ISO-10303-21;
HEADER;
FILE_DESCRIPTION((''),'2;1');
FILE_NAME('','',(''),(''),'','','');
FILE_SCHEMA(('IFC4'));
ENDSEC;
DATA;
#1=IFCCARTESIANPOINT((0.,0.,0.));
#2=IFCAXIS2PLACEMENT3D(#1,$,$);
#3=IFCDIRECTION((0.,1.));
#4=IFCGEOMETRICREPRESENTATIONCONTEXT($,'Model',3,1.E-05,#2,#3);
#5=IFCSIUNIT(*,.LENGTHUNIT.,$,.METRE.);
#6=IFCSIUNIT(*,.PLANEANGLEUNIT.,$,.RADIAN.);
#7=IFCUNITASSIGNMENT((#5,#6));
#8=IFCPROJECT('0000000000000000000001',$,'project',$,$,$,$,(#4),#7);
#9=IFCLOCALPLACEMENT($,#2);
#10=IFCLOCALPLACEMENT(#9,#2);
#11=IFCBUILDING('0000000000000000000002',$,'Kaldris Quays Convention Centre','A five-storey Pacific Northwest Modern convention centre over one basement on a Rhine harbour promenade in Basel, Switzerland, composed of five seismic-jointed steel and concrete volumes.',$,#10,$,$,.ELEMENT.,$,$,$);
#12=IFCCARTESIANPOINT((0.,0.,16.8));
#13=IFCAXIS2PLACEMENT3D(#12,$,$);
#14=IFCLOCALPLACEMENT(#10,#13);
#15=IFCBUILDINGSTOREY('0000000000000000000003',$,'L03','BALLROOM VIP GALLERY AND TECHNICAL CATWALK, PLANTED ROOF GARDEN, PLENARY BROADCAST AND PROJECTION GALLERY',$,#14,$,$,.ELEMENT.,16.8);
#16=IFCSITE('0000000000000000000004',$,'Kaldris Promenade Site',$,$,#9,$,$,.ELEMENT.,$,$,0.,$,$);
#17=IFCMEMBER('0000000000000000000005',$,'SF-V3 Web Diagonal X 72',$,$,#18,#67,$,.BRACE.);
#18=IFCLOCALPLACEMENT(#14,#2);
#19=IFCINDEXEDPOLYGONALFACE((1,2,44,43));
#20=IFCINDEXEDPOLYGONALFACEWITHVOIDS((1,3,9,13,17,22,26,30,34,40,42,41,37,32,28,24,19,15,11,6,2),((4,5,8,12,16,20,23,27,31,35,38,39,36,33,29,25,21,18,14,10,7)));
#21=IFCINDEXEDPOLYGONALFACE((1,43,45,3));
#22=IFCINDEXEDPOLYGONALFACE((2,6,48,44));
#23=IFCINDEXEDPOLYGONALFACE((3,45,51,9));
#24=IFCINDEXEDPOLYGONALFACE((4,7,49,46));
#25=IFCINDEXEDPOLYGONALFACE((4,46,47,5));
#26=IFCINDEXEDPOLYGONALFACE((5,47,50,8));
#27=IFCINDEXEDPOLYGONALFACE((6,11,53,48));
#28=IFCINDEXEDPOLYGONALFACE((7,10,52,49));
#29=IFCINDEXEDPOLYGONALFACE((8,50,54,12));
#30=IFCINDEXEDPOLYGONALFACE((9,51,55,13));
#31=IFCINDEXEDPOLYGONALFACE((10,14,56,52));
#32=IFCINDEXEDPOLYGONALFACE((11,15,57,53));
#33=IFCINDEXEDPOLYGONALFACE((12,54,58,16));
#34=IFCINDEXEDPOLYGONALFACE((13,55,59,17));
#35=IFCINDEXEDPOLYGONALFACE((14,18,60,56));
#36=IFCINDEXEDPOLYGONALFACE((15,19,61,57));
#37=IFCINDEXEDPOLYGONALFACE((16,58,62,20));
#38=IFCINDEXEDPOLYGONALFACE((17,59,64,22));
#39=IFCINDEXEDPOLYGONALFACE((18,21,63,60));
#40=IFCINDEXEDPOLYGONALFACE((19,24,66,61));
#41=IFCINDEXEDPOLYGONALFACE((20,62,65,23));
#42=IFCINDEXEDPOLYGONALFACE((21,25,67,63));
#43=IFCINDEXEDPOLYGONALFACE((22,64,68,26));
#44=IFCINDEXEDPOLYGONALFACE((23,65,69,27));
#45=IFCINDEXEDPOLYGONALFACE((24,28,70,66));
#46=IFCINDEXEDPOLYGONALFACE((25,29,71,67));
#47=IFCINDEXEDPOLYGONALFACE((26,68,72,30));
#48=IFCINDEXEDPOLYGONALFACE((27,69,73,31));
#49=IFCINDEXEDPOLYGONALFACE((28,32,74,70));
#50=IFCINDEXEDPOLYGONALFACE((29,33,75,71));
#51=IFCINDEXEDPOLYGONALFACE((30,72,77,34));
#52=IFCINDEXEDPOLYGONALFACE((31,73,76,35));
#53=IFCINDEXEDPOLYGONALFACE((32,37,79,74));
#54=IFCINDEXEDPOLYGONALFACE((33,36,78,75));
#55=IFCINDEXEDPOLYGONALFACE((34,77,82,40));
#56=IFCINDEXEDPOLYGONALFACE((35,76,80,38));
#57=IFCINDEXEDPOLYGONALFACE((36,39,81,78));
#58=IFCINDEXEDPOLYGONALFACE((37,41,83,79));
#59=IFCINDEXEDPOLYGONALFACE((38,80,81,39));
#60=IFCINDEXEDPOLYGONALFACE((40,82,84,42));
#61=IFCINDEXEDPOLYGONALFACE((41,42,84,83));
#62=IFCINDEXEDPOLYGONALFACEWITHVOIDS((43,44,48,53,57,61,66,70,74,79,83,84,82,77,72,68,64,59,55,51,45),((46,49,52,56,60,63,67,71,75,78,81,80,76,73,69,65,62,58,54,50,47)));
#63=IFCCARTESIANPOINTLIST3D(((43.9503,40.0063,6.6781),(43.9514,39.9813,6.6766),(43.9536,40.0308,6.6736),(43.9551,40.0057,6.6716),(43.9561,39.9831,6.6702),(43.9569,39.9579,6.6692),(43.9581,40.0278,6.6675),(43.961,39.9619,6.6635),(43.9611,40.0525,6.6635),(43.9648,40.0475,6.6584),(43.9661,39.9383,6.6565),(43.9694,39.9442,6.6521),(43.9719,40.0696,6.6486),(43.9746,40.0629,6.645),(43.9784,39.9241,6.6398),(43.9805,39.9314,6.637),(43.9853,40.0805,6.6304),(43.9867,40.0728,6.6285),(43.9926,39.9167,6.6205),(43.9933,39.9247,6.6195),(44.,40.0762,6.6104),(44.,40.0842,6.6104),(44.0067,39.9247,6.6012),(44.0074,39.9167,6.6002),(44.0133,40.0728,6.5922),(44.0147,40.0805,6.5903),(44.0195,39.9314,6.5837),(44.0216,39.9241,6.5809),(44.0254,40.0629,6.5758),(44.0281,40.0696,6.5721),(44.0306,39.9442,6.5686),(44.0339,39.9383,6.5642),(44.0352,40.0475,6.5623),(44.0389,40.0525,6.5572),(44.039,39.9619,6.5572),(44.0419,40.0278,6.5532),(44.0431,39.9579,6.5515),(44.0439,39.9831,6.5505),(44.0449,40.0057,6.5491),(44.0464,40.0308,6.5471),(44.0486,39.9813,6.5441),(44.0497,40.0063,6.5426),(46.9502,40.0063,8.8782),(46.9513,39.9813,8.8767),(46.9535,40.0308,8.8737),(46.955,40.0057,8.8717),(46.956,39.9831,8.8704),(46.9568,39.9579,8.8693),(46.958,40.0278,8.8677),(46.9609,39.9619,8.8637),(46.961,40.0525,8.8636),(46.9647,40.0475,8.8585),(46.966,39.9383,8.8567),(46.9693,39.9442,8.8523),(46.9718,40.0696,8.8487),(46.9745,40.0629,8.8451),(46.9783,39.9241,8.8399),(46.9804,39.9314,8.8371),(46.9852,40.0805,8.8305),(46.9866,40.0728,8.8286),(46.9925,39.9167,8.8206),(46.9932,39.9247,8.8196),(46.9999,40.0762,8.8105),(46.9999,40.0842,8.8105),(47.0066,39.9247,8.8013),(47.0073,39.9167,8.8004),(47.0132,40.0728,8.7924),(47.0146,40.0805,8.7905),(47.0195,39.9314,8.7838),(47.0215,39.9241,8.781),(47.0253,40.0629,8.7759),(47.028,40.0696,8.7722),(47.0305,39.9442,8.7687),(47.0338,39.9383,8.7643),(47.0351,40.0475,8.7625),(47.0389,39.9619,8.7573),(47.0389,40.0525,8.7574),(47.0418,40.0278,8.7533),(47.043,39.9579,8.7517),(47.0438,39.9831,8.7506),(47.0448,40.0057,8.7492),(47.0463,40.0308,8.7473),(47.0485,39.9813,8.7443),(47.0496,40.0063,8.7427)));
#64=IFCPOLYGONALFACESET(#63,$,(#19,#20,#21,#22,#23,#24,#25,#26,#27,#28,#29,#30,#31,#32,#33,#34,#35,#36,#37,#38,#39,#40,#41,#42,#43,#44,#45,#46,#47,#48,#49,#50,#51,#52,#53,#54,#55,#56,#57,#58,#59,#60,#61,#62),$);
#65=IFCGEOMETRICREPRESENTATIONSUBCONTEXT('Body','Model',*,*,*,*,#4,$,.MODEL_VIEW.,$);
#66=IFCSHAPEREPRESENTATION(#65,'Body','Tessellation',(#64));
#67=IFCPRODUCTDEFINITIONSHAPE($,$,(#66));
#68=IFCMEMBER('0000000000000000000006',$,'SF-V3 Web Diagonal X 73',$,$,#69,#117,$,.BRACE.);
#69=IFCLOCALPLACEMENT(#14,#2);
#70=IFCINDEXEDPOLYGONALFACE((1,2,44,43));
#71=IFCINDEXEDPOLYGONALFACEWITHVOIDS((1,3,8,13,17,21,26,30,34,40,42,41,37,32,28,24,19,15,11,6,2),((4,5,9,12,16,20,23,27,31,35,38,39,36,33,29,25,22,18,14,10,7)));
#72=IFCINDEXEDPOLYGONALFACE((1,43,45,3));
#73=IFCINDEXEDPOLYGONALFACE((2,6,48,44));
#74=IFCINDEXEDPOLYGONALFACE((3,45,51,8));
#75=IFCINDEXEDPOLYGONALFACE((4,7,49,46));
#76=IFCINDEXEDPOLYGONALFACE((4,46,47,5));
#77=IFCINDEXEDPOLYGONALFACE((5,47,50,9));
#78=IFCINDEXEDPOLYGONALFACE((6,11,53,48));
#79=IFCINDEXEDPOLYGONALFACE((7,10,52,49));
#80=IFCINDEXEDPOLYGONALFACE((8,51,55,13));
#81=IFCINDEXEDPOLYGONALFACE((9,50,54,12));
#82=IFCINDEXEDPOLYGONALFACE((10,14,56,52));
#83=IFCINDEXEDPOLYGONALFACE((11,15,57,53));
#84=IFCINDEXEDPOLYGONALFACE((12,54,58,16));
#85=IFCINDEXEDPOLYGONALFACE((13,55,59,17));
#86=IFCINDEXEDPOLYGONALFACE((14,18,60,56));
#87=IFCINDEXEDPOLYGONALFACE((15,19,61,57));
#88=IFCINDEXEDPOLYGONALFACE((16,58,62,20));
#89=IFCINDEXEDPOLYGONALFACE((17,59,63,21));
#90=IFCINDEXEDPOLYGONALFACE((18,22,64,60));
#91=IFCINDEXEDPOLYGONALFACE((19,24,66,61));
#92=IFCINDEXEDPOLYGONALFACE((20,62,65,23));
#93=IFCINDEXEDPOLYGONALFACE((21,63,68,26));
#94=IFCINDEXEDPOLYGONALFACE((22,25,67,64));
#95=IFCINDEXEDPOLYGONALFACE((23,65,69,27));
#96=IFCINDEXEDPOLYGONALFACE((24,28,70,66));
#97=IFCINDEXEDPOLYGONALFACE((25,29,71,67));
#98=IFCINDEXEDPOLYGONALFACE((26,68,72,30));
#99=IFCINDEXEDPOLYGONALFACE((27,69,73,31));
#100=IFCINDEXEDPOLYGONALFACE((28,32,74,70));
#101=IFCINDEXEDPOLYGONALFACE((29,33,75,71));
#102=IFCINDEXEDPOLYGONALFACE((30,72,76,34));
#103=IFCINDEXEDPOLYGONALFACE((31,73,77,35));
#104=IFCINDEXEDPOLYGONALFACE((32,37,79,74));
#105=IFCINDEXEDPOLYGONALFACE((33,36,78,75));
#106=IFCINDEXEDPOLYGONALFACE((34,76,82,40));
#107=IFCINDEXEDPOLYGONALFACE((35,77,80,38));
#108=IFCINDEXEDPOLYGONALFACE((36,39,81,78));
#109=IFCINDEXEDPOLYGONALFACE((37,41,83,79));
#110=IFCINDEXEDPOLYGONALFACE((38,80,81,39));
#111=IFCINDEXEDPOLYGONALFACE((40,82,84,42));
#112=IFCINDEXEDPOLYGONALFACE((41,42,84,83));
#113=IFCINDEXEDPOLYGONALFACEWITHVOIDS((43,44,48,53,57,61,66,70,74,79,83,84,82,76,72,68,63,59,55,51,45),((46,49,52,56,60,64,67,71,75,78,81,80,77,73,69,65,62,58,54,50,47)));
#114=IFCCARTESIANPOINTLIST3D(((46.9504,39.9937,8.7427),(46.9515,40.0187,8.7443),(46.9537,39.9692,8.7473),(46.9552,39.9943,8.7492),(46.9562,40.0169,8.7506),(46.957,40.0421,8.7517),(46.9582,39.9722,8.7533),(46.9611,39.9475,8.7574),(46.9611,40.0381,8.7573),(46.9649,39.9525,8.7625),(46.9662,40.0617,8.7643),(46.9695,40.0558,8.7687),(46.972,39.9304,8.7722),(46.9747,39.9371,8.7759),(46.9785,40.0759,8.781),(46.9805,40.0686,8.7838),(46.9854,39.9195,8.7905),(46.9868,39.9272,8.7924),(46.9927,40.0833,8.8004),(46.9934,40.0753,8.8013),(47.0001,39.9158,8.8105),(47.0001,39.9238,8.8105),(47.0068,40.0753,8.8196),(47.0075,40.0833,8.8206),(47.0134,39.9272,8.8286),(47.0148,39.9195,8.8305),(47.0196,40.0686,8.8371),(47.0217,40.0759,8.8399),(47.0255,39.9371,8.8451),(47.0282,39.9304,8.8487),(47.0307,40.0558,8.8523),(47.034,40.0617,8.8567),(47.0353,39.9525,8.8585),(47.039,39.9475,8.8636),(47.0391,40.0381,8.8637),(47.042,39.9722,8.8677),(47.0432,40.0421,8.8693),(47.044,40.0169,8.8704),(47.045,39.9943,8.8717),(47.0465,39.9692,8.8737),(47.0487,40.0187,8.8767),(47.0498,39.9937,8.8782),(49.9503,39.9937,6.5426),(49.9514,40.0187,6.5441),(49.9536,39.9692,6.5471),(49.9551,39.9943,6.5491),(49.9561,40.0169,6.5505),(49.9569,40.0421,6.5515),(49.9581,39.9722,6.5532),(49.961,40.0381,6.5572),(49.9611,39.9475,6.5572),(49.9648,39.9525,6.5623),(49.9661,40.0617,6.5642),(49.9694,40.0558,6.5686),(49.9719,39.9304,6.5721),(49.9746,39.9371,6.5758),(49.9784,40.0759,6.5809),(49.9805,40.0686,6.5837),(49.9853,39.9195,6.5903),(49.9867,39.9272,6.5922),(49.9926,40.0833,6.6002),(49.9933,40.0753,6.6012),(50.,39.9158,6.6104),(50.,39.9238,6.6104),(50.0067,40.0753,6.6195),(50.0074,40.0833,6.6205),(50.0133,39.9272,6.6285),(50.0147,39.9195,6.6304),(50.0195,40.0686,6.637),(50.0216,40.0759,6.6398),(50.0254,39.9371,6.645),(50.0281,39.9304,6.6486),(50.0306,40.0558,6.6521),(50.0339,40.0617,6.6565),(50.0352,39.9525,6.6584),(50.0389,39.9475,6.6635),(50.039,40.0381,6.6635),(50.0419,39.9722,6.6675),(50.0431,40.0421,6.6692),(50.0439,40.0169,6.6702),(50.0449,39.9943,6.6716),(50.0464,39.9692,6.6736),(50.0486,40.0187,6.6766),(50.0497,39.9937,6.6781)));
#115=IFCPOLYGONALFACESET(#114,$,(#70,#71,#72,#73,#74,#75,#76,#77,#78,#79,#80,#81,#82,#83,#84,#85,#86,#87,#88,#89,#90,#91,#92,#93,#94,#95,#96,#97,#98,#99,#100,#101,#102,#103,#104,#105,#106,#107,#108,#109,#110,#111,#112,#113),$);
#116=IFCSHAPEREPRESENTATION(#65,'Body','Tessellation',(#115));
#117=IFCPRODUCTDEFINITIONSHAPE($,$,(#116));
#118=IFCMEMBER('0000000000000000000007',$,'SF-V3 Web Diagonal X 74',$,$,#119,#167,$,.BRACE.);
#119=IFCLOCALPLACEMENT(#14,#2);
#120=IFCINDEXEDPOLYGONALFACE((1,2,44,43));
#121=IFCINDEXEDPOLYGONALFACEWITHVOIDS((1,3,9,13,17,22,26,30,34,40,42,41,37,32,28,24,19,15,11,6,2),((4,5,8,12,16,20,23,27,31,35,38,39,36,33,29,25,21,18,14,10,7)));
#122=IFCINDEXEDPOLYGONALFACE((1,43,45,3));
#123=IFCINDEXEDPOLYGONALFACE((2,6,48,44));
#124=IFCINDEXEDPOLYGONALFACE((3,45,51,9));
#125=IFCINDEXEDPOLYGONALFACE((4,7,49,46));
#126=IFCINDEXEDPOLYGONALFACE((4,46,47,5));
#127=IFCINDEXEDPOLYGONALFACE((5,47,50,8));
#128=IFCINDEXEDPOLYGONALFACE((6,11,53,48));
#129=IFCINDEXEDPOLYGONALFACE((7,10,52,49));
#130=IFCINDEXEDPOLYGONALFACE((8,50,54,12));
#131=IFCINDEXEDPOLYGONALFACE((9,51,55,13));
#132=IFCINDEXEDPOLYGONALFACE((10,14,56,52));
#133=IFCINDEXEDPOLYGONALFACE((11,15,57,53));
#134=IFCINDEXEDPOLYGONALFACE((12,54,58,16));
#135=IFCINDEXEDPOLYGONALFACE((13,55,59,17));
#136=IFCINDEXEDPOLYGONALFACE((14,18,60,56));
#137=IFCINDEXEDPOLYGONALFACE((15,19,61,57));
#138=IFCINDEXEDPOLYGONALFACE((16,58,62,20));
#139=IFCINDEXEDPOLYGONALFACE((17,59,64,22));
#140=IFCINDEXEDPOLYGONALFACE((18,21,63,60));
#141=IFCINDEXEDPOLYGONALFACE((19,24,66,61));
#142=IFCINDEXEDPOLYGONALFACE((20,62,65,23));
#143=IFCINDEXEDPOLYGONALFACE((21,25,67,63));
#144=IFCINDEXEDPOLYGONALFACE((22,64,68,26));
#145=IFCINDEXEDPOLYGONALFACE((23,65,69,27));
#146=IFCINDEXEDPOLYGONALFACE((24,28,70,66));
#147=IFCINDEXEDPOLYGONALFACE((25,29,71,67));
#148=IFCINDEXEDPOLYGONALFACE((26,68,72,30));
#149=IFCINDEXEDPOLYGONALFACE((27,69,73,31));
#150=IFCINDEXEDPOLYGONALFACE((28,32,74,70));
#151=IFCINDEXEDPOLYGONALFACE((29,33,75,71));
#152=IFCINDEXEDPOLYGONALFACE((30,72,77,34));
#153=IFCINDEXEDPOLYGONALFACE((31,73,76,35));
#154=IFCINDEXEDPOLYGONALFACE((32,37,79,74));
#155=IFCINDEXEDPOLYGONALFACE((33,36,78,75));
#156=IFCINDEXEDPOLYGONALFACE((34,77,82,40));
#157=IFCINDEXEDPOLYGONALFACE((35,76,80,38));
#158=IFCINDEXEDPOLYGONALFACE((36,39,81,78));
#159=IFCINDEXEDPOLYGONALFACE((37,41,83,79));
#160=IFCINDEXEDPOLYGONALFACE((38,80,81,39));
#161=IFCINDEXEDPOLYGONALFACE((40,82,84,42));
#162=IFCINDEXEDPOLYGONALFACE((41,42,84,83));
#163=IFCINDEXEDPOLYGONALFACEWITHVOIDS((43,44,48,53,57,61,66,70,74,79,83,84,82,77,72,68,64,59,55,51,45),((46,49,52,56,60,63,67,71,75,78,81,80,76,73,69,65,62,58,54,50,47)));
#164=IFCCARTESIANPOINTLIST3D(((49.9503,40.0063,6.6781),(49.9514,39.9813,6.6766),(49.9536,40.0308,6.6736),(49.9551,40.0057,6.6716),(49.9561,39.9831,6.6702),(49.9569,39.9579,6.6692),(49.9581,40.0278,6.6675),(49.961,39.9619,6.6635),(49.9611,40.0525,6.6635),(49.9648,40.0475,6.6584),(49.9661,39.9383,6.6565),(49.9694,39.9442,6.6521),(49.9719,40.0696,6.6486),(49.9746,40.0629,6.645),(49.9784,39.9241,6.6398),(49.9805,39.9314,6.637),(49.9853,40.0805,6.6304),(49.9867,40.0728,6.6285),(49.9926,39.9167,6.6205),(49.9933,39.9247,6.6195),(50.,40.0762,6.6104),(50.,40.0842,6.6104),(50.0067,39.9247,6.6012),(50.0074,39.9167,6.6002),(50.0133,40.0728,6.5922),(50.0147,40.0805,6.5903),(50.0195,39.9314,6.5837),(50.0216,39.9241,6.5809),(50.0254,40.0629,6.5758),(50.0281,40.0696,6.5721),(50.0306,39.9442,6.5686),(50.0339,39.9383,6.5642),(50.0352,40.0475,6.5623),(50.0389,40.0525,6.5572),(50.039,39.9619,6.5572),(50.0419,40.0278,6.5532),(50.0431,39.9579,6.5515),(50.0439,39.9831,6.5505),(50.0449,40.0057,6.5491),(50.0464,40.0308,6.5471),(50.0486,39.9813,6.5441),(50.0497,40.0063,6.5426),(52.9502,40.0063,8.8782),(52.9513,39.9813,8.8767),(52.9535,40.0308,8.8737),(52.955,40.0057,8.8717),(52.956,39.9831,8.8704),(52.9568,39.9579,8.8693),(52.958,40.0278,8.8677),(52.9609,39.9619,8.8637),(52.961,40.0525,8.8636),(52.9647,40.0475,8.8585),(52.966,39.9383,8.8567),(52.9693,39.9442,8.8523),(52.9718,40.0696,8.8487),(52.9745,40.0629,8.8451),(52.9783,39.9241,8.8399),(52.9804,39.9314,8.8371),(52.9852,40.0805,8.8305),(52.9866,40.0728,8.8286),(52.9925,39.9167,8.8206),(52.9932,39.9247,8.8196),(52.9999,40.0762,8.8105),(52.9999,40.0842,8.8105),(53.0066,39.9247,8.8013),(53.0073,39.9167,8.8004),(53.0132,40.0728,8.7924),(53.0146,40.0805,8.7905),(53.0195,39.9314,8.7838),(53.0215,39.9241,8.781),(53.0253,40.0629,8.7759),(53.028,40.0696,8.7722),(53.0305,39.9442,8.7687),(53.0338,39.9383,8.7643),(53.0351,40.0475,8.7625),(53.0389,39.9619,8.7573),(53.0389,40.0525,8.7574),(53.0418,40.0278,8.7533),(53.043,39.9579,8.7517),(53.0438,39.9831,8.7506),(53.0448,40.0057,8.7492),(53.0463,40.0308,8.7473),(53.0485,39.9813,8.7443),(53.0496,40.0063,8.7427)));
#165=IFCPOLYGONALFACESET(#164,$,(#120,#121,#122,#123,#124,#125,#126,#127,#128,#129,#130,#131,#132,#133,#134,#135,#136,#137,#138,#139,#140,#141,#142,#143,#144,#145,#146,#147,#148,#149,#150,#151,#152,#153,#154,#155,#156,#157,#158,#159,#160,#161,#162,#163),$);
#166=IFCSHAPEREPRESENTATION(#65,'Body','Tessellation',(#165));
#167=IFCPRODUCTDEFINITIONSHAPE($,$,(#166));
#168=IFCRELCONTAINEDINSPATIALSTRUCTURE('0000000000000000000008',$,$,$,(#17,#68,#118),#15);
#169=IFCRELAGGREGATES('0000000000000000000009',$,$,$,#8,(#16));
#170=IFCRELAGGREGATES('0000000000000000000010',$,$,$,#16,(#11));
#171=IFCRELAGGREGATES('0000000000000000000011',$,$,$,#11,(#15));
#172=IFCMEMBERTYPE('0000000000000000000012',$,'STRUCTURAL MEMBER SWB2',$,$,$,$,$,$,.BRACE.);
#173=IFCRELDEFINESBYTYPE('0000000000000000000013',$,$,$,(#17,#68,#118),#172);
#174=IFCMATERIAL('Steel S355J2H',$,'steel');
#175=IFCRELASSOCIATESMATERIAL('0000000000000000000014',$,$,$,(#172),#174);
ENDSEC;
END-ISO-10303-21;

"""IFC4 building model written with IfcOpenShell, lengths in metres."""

from ifc_helpers import new_model, si_unit, direction, frame, origin, origin_2d, place, context, subcontext, project, spatial, hollow_circle, extrude, material, material_profile, profile_set, type_object, element, save


model = new_model("IFC4")

# Units and contexts
model_context = context("Model", 3, precision=1e-05, world=origin(), true_north=direction((0.0, 1.0)))
body_context = subcontext(model_context, "Body", "Model", "MODEL_VIEW")
ifc_project = project(units=[si_unit("LENGTHUNIT", "METRE"), si_unit("PLANEANGLEUNIT", "RADIAN")], contexts=[model_context])

# Site, building, storey
site_placement = place(None, origin())
site = spatial("IfcSite", under=ifc_project, at=site_placement, Name="Kaldris Promenade Site", CompositionType="ELEMENT", RefElevation=0.0)
building_placement = place(site_placement, origin())
building = spatial("IfcBuilding", under=site, at=building_placement, Name="Kaldris Quays Convention Centre", Description="A five-storey Pacific Northwest Modern convention centre over one basement on a Rhine harbour promenade in Basel, Switzerland, composed of five seismic-jointed steel and concrete volumes.", CompositionType="ELEMENT")
storey_placement = place(building_placement, frame((0.0, 0.0, 16.8)))
storey = spatial("IfcBuildingStorey", under=building, at=storey_placement, Name="L03", Description="BALLROOM VIP GALLERY AND TECHNICAL CATWALK, PLANTED ROOF GARDEN, PLENARY BROADCAST AND PROJECTION GALLERY", CompositionType="ELEMENT", Elevation=16.8)

# Members
ifc_material_1 = material(Name="Steel S355J2H", Category="steel")
ifc_material_profile_1 = material_profile(ifc_material_1, hollow_circle(Radius=0.0842, WallThickness=0.0081, at=origin_2d()), Name="CHS 168.3x8")
ifc_profile_set_1 = profile_set([ifc_material_profile_1], Name="Steel S355J2H")
member_type_1 = type_object("IfcMemberType", Name="STRUCTURAL MEMBER SWB2", PredefinedType="BRACE", material=ifc_profile_set_1)
for number, where, z_axis, x_axis, name in (
    (1, (44.0, 40.0, 6.6104), (0.80638, 0.0, 0.591398), (0.0, 1.0, 0.0), "SF-V3 Web Diagonal X 72"),
    (2, (50.0, 40.0, 6.6104), (-0.80638, 0.0, 0.591398), (0.0, -1.0, 0.0), "SF-V3 Web Diagonal X 73"),
    (3, (50.0, 40.0, 6.6104), (0.80638, 0.0, 0.591398), (0.0, 1.0, 0.0), "SF-V3 Web Diagonal X 74"),
):
    element("IfcMember", number, at=place(storey_placement, frame(where, z_axis=z_axis, x_axis=x_axis)), inside=storey, type_object=member_type_1, Name=name, PredefinedType="BRACE", context=body_context, shape_type="SweptSolid", body=[
        extrude(hollow_circle(Radius=0.0842, WallThickness=0.0081, at=origin_2d()), origin(), (0.0, 0.0, 1.0), 3.7202),
    ])

save(model, "model.ifc")
